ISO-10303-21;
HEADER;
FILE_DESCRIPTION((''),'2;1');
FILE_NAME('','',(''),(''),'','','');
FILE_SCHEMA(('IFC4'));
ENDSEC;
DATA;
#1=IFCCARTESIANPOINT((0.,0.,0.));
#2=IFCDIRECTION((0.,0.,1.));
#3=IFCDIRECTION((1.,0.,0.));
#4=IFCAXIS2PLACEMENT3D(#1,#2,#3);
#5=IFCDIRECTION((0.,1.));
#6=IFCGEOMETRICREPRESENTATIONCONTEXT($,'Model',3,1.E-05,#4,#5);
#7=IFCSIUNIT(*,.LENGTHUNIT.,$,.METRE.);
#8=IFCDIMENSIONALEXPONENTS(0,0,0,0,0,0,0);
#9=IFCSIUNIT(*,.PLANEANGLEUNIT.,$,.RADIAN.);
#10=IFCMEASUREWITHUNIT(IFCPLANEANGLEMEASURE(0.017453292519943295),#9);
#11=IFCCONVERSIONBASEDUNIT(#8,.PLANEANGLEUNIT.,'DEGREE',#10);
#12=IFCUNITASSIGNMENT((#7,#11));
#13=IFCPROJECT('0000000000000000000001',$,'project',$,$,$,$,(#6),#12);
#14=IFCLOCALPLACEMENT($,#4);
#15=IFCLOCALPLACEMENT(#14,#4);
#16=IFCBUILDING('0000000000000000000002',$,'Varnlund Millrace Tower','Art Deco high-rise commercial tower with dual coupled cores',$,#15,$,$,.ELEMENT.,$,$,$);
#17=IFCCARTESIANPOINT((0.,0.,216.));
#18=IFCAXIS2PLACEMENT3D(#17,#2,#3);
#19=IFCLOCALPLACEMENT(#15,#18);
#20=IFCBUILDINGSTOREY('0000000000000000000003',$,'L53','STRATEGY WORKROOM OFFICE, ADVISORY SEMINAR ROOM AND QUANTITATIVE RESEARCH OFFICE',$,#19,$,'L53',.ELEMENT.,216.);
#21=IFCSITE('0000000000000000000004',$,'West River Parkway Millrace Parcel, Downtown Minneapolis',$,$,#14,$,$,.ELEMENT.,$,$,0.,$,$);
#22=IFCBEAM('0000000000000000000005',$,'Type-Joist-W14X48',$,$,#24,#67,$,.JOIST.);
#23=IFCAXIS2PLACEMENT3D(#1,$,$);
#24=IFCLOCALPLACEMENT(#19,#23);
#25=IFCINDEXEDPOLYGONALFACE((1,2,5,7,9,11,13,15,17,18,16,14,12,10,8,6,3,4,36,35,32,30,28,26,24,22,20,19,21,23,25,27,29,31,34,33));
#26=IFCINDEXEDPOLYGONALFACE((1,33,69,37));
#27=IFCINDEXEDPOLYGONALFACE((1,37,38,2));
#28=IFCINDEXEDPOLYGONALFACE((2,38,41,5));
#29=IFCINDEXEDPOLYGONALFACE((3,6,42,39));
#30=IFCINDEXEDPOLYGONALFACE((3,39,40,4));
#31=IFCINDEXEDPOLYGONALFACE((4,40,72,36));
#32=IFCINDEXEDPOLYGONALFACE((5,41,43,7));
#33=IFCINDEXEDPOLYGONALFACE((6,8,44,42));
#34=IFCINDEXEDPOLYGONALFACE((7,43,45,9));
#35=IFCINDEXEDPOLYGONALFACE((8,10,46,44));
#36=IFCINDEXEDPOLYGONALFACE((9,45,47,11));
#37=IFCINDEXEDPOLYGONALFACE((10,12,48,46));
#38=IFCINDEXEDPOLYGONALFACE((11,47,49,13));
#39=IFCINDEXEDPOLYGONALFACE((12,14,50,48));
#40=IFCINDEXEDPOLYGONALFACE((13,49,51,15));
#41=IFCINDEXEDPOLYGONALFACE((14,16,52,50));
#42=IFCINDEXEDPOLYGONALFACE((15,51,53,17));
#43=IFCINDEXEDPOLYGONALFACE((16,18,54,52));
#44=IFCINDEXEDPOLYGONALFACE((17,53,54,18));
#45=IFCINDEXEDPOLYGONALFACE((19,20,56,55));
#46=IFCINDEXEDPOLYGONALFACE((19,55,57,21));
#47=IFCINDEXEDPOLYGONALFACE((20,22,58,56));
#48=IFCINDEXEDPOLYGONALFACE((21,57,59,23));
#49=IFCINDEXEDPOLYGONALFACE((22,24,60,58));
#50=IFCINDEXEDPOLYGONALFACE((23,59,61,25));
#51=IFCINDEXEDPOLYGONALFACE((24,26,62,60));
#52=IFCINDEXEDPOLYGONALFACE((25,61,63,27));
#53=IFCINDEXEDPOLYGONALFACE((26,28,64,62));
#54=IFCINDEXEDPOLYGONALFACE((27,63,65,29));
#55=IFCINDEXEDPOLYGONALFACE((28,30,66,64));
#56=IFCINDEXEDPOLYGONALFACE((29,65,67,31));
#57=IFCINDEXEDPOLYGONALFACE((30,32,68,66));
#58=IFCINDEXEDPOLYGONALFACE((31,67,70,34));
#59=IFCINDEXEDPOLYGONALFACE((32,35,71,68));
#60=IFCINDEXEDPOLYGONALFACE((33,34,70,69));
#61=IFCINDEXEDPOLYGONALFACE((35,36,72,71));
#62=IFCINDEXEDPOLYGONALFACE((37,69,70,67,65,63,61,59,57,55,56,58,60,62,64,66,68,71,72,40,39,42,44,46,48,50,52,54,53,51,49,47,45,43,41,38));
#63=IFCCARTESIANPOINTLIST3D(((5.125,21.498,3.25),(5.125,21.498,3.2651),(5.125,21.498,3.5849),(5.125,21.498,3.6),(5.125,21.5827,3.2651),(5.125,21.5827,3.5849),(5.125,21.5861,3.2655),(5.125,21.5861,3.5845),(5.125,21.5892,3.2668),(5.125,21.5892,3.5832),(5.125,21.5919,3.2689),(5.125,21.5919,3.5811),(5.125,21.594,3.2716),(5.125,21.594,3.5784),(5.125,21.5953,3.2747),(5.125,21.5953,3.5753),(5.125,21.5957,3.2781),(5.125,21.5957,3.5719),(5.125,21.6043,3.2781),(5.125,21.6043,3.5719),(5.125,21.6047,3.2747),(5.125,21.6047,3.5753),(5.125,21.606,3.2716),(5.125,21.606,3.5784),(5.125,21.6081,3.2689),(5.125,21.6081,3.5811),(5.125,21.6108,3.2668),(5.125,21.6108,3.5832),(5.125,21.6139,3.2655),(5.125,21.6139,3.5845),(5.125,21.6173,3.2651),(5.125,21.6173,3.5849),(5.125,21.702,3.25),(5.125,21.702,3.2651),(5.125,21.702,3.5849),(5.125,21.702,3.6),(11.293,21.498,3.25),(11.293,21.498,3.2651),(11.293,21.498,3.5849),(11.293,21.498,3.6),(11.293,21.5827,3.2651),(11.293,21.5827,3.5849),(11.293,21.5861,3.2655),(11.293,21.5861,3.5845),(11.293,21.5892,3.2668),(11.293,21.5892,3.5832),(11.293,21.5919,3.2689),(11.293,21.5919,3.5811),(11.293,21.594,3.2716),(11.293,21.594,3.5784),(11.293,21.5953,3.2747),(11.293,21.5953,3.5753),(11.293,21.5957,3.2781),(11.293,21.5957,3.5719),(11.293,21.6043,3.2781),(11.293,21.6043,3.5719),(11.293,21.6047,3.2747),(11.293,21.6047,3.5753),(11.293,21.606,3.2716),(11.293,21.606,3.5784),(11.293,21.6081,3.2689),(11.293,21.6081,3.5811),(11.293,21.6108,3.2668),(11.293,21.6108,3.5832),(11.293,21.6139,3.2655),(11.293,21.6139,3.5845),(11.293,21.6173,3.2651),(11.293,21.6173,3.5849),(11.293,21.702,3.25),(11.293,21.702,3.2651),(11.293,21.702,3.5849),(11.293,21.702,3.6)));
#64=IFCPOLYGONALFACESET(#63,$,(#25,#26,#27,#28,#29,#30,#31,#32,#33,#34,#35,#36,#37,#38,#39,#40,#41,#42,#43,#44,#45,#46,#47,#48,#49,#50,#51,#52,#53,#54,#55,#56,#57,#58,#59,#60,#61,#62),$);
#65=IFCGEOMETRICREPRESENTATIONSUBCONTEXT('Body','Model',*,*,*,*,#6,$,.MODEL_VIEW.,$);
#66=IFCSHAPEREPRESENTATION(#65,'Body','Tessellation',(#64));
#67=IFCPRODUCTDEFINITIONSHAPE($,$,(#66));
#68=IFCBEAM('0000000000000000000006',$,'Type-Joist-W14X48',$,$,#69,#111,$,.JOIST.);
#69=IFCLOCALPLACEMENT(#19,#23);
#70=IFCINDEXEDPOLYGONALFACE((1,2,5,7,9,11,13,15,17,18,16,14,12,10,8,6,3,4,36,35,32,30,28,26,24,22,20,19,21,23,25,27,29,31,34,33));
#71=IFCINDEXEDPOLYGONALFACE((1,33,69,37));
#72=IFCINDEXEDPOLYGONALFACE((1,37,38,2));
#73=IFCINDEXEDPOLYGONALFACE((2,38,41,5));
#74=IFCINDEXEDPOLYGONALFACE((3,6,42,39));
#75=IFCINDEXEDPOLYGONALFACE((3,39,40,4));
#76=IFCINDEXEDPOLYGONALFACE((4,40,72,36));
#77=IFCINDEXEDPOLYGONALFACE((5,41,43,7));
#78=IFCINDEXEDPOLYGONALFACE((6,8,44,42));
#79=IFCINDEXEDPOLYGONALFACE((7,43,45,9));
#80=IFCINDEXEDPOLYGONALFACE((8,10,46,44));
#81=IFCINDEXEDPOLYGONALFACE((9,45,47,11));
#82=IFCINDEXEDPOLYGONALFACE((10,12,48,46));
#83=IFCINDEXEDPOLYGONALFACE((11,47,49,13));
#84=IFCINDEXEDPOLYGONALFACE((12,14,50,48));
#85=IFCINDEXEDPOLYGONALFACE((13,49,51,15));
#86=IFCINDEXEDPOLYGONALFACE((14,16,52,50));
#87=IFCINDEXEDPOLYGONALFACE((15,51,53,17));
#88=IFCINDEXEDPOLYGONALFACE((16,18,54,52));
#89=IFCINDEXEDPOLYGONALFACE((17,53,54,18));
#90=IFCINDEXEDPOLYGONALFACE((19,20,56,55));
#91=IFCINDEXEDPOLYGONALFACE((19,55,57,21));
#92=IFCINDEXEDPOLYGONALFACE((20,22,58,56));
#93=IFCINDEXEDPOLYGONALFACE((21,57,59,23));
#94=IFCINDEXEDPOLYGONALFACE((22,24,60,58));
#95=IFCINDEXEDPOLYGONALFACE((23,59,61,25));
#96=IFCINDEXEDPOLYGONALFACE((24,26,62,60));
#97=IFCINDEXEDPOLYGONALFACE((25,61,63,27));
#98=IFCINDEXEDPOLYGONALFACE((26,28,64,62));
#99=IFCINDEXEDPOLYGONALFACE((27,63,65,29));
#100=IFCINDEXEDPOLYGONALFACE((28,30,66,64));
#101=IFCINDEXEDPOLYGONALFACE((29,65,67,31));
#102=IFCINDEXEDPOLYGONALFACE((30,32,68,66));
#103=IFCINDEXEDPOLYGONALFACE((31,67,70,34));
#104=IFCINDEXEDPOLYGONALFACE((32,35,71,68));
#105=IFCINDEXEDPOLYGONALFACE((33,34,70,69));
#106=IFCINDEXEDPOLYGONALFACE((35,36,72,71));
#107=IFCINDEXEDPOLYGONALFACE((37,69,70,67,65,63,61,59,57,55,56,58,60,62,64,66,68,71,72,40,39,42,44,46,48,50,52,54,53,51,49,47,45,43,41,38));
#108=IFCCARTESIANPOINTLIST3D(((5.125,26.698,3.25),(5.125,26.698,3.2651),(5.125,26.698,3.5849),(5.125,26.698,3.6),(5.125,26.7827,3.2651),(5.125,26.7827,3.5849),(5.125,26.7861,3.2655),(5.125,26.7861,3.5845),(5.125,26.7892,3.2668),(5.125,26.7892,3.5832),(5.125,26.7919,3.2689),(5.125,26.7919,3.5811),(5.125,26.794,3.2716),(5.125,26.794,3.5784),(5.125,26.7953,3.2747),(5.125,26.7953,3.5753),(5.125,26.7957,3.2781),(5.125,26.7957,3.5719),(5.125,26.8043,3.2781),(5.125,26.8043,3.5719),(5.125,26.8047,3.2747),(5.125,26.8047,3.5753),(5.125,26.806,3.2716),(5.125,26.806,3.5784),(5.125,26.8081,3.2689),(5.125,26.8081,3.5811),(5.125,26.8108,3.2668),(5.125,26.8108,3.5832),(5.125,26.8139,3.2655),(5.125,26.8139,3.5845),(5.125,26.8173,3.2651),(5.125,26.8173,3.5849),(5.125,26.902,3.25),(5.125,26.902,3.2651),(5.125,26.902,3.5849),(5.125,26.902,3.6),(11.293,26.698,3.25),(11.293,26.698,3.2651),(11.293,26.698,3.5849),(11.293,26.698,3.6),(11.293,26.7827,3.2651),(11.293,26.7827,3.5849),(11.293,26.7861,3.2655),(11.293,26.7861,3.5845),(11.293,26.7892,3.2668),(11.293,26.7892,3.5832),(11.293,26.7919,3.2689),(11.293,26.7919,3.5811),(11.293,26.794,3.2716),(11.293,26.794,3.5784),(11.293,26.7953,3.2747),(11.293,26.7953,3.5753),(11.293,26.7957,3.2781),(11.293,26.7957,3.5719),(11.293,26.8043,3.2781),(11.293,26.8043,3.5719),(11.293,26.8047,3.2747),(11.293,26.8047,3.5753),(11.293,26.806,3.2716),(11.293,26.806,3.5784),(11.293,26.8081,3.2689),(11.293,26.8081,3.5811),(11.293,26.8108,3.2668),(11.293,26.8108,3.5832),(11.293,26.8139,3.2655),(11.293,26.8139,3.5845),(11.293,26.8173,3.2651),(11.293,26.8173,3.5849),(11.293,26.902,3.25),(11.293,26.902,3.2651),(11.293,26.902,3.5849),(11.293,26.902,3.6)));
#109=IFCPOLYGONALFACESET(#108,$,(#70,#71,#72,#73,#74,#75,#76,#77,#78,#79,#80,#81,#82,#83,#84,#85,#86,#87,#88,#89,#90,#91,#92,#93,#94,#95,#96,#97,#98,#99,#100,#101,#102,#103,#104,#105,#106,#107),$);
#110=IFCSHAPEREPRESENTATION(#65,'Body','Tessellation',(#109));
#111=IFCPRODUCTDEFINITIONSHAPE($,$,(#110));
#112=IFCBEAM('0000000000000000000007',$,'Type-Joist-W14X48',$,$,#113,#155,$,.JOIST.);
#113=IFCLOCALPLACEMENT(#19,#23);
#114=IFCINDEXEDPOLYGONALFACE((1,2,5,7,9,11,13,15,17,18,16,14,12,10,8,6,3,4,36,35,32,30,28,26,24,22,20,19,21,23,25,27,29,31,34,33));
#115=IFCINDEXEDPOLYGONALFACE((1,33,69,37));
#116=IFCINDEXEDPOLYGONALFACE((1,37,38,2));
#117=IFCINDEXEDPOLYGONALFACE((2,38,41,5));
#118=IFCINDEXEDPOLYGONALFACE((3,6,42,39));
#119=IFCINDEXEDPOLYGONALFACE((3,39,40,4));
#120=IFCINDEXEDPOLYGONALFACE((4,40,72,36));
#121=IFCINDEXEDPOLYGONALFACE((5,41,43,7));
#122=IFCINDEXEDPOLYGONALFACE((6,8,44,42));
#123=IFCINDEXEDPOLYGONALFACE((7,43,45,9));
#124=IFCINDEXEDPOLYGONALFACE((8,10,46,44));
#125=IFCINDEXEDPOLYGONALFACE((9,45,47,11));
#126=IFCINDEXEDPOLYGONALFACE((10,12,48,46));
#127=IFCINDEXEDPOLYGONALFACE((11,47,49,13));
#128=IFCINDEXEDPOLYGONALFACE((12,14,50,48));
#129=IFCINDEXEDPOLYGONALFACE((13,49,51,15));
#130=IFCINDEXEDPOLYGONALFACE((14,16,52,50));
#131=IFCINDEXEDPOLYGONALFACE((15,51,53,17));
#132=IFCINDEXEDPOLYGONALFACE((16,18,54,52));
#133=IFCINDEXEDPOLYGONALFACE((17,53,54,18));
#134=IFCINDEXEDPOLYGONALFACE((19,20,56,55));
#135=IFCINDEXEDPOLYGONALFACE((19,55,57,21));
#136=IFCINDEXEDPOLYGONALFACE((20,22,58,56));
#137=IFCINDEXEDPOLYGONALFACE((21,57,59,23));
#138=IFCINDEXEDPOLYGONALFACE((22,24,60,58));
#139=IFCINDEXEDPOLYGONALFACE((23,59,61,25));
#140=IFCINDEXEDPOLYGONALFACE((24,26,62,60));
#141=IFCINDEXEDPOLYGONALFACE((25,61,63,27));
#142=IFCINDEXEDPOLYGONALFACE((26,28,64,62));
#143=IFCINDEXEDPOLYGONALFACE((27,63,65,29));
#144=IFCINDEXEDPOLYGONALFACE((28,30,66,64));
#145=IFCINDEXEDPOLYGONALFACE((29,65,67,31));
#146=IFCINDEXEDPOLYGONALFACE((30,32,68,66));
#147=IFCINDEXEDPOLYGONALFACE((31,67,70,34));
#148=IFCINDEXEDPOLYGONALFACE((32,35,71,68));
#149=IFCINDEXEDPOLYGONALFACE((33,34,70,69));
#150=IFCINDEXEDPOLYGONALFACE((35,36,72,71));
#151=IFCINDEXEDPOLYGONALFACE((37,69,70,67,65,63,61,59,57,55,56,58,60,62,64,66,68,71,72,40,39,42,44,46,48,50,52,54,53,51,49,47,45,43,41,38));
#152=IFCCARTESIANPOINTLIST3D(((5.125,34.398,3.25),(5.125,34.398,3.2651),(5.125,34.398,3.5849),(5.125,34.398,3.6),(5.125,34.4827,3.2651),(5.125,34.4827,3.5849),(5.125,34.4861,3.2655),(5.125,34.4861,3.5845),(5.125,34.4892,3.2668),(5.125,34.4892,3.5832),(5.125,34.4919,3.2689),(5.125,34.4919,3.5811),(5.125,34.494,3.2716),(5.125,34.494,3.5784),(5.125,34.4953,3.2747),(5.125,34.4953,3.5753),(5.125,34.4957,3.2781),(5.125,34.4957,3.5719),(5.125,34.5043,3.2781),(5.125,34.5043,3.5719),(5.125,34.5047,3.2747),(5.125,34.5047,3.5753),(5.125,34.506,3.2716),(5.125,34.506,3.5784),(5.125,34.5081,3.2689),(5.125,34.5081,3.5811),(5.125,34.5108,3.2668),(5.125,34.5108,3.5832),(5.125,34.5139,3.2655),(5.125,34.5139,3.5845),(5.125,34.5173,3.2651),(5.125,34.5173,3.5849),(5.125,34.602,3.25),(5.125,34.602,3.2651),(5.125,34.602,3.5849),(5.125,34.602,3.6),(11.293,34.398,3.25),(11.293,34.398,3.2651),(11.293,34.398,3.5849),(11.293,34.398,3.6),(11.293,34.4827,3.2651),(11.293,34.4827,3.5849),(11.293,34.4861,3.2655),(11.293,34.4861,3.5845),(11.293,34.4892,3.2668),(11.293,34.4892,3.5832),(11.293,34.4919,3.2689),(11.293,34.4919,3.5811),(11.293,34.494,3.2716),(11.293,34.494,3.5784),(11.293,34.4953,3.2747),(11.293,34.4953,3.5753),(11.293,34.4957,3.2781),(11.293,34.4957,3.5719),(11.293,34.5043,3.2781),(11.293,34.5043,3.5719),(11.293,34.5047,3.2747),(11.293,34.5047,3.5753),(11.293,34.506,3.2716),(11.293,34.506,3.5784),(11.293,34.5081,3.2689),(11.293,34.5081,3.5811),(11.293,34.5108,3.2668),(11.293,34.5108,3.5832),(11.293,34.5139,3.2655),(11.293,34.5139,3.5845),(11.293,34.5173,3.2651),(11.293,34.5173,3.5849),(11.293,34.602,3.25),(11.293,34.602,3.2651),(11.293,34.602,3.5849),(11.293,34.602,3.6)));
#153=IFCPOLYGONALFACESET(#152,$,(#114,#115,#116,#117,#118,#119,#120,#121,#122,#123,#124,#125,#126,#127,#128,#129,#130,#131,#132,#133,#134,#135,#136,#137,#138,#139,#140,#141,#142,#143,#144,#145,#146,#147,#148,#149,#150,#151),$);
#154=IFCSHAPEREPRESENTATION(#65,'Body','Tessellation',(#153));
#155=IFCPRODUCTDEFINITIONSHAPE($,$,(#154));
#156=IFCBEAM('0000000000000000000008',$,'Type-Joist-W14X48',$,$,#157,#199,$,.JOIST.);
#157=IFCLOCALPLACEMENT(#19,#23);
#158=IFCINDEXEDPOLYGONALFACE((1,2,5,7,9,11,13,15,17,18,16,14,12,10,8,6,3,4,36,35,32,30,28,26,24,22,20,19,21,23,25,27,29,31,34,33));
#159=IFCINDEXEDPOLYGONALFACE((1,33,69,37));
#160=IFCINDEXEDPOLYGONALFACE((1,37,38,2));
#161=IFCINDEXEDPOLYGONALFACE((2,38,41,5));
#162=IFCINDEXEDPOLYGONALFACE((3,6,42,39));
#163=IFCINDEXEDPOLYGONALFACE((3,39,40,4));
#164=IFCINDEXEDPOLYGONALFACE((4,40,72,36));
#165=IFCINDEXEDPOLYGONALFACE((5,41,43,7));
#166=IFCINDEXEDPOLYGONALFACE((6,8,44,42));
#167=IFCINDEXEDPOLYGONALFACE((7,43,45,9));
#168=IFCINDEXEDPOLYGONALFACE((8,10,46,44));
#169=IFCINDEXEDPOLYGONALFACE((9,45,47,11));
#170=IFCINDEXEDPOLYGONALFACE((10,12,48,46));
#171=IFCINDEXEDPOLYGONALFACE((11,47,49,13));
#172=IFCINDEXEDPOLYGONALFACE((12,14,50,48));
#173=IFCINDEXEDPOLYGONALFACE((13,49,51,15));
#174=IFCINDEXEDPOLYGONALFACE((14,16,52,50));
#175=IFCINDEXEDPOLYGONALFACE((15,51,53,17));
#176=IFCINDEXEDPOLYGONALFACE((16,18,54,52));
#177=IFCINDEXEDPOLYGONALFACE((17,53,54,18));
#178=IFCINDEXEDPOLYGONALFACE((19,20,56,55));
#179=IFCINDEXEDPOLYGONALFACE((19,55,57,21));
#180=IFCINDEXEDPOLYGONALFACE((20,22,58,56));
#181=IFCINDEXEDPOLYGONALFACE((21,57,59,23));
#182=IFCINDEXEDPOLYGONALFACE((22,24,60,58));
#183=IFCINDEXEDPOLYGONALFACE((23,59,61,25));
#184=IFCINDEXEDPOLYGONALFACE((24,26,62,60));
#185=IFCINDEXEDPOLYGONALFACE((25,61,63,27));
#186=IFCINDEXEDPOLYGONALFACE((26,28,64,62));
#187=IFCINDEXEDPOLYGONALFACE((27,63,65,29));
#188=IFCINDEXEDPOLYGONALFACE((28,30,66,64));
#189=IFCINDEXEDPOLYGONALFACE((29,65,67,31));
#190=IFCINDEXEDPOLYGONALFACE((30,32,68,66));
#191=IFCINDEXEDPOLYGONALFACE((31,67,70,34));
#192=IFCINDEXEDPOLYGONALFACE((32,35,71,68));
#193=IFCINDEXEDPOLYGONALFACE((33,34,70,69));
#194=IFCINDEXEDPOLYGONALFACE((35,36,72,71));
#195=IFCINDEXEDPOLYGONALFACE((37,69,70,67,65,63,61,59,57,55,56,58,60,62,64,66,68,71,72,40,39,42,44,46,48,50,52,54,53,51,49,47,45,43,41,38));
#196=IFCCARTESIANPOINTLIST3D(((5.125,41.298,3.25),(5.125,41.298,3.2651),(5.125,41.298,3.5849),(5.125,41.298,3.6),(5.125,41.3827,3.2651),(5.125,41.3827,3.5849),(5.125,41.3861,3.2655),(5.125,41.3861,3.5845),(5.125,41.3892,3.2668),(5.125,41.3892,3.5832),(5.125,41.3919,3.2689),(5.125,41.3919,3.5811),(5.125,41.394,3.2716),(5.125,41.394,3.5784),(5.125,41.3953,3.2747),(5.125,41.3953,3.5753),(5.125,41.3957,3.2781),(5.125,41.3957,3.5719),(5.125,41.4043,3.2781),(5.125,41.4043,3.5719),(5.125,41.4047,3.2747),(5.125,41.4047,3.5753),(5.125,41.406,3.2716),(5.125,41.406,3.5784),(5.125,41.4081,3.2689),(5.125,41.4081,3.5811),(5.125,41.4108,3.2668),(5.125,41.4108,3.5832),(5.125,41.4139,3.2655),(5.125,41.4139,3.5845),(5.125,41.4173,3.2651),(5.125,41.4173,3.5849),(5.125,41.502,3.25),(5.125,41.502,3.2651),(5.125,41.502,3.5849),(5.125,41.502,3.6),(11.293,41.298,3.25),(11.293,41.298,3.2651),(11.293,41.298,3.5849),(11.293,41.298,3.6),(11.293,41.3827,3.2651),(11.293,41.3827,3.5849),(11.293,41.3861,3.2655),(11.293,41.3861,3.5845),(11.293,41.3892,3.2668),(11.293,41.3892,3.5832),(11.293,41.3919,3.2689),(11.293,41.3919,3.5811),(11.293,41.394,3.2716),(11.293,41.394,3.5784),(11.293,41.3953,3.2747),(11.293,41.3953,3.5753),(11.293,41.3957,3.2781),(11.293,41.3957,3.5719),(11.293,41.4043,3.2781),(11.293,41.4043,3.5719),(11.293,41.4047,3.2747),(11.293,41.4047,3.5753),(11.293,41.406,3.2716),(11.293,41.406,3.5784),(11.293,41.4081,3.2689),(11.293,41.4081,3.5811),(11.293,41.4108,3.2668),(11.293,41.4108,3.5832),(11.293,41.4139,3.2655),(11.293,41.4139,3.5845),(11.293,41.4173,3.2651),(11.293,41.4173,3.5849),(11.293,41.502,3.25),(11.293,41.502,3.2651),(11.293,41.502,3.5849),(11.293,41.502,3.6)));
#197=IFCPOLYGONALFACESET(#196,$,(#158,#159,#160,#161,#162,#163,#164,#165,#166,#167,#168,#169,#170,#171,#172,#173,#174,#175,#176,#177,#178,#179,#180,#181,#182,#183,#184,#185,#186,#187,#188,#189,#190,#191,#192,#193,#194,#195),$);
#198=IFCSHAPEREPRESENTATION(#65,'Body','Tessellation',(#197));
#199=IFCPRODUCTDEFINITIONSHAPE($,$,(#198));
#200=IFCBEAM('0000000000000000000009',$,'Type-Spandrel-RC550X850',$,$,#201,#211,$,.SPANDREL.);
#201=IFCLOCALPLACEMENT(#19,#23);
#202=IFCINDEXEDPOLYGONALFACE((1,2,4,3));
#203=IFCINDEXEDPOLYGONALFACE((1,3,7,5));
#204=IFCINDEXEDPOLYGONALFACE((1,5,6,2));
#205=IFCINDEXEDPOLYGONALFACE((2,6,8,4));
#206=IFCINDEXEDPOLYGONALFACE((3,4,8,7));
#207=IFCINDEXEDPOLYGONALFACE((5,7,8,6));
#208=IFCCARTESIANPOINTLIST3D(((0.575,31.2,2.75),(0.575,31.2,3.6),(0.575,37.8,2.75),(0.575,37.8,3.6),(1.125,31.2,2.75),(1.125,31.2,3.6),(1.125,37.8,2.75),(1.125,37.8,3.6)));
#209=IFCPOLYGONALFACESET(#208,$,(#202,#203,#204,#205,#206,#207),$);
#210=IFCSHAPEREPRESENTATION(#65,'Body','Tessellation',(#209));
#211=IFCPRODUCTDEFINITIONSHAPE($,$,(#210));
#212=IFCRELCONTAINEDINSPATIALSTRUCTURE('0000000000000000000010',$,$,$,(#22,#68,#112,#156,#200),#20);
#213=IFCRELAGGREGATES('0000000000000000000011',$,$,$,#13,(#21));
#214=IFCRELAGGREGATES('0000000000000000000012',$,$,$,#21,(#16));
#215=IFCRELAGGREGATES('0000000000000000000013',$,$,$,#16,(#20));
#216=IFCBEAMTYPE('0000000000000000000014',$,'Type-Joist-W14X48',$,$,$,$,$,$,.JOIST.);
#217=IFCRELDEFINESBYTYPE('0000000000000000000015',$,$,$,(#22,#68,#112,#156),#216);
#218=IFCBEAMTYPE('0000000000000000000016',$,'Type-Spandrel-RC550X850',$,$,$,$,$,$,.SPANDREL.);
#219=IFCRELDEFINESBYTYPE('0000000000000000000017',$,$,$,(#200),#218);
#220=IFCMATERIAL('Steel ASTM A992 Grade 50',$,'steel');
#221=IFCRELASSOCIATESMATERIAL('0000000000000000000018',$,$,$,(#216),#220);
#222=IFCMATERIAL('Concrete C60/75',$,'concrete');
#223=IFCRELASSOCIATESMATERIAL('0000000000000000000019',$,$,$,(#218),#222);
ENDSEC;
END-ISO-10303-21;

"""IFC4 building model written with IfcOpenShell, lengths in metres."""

from ifc_helpers import new_model, entity, si_unit, converted_unit, direction, frame, origin_with_axes, origin_2d_with_axis, place, context, subcontext, project, spatial, rectangle, i_section, extrude, material, material_profile, profile_set, type_object, element, save


model = new_model("IFC4")

# Units and contexts
model_context = context("Model", 3, precision=1e-05, world=origin_with_axes(), true_north=direction((0.0, 1.0)))
body_context = subcontext(model_context, "Body", "Model", "MODEL_VIEW")
ifc_project = project(units=[si_unit("LENGTHUNIT", "METRE"), converted_unit("PLANEANGLEUNIT", "DEGREE", entity("IfcPlaneAngleMeasure", 0.017453292519943295), si_unit("PLANEANGLEUNIT", "RADIAN"), dimensions=[0, 0, 0, 0, 0, 0, 0])], contexts=[model_context])

# Site, building, storey
site_placement = place(None, origin_with_axes())
site = spatial("IfcSite", under=ifc_project, at=site_placement, Name="West River Parkway Millrace Parcel, Downtown Minneapolis", CompositionType="ELEMENT", RefElevation=0.0)
building_placement = place(site_placement, origin_with_axes())
building = spatial("IfcBuilding", under=site, at=building_placement, Name="Varnlund Millrace Tower", Description="Art Deco high-rise commercial tower with dual coupled cores", CompositionType="ELEMENT")
storey_placement = place(building_placement, frame((0.0, 0.0, 216.0), z_axis=(0.0, 0.0, 1.0), x_axis=(1.0, 0.0, 0.0)))
storey = spatial("IfcBuildingStorey", under=building, at=storey_placement, Name="L53", Description="STRATEGY WORKROOM OFFICE, ADVISORY SEMINAR ROOM AND QUANTITATIVE RESEARCH OFFICE", LongName="L53", CompositionType="ELEMENT", Elevation=216.0)

# Beams
ifc_material_1 = material(Name="Steel ASTM A992 Grade 50", Category="steel")
ifc_material_profile_1 = material_profile(ifc_material_1, i_section(OverallWidth=0.204, OverallDepth=0.35, WebThickness=0.0086, FlangeThickness=0.0151, FilletRadius=0.013, at=origin_2d_with_axis()), Name="Steel ASTM A992 Grade 50")
ifc_profile_set_1 = profile_set([ifc_material_profile_1], Name="Steel ASTM A992 Grade 50")
beam_type_1 = type_object("IfcBeamType", Name="Type-Joist-W14X48", PredefinedType="JOIST", material=ifc_profile_set_1)
for number, where, z_axis, x_axis, name in (
    (1, (5.125, 21.6, 3.425), (1.0, 0.0, 0.0), (0.0, 1.0, 0.0), "Type-Joist-W14X48"),
    (2, (5.125, 26.8, 3.425), (1.0, 0.0, 0.0), (0.0, 1.0, 0.0), "Type-Joist-W14X48"),
    (3, (5.125, 34.5, 3.425), (1.0, 0.0, 0.0), (0.0, 1.0, 0.0), "Type-Joist-W14X48"),
    (4, (5.125, 41.4, 3.425), (1.0, 0.0, 0.0), (0.0, 1.0, 0.0), "Type-Joist-W14X48"),
):
    element("IfcBeam", number, at=place(storey_placement, frame(where, z_axis=z_axis, x_axis=x_axis)), inside=storey, type_object=beam_type_1, Name=name, PredefinedType="JOIST", context=body_context, shape_type="SweptSolid", body=[
        extrude(i_section(OverallWidth=0.204, OverallDepth=0.35, WebThickness=0.0086, FlangeThickness=0.0151, FilletRadius=0.013, at=origin_2d_with_axis()), origin_with_axes(), (0.0, 0.0, 1.0), 6.168),
    ])
ifc_material_2 = material(Name="Concrete C60/75", Category="concrete")
ifc_material_profile_2 = material_profile(ifc_material_2, rectangle(XDim=0.55, YDim=0.85, at=origin_2d_with_axis()), Name="Concrete C60/75")
ifc_profile_set_2 = profile_set([ifc_material_profile_2], Name="Concrete C60/75")
beam_type_2 = type_object("IfcBeamType", Name="Type-Spandrel-RC550X850", PredefinedType="SPANDREL", material=ifc_profile_set_2)
beam_1_placement = place(storey_placement, frame((0.85, 31.2, 3.175), z_axis=(0.0, 1.0, 0.0), x_axis=(-1.0, 0.0, 0.0)))
element("IfcBeam", 5, at=beam_1_placement, inside=storey, type_object=beam_type_2, Name="Type-Spandrel-RC550X850", PredefinedType="SPANDREL", context=body_context, shape_type="SweptSolid", body=[
    extrude(rectangle(XDim=0.55, YDim=0.85, at=origin_2d_with_axis()), origin_with_axes(), (0.0, 0.0, 1.0), 6.6),
])

save(model, "model.ifc")
